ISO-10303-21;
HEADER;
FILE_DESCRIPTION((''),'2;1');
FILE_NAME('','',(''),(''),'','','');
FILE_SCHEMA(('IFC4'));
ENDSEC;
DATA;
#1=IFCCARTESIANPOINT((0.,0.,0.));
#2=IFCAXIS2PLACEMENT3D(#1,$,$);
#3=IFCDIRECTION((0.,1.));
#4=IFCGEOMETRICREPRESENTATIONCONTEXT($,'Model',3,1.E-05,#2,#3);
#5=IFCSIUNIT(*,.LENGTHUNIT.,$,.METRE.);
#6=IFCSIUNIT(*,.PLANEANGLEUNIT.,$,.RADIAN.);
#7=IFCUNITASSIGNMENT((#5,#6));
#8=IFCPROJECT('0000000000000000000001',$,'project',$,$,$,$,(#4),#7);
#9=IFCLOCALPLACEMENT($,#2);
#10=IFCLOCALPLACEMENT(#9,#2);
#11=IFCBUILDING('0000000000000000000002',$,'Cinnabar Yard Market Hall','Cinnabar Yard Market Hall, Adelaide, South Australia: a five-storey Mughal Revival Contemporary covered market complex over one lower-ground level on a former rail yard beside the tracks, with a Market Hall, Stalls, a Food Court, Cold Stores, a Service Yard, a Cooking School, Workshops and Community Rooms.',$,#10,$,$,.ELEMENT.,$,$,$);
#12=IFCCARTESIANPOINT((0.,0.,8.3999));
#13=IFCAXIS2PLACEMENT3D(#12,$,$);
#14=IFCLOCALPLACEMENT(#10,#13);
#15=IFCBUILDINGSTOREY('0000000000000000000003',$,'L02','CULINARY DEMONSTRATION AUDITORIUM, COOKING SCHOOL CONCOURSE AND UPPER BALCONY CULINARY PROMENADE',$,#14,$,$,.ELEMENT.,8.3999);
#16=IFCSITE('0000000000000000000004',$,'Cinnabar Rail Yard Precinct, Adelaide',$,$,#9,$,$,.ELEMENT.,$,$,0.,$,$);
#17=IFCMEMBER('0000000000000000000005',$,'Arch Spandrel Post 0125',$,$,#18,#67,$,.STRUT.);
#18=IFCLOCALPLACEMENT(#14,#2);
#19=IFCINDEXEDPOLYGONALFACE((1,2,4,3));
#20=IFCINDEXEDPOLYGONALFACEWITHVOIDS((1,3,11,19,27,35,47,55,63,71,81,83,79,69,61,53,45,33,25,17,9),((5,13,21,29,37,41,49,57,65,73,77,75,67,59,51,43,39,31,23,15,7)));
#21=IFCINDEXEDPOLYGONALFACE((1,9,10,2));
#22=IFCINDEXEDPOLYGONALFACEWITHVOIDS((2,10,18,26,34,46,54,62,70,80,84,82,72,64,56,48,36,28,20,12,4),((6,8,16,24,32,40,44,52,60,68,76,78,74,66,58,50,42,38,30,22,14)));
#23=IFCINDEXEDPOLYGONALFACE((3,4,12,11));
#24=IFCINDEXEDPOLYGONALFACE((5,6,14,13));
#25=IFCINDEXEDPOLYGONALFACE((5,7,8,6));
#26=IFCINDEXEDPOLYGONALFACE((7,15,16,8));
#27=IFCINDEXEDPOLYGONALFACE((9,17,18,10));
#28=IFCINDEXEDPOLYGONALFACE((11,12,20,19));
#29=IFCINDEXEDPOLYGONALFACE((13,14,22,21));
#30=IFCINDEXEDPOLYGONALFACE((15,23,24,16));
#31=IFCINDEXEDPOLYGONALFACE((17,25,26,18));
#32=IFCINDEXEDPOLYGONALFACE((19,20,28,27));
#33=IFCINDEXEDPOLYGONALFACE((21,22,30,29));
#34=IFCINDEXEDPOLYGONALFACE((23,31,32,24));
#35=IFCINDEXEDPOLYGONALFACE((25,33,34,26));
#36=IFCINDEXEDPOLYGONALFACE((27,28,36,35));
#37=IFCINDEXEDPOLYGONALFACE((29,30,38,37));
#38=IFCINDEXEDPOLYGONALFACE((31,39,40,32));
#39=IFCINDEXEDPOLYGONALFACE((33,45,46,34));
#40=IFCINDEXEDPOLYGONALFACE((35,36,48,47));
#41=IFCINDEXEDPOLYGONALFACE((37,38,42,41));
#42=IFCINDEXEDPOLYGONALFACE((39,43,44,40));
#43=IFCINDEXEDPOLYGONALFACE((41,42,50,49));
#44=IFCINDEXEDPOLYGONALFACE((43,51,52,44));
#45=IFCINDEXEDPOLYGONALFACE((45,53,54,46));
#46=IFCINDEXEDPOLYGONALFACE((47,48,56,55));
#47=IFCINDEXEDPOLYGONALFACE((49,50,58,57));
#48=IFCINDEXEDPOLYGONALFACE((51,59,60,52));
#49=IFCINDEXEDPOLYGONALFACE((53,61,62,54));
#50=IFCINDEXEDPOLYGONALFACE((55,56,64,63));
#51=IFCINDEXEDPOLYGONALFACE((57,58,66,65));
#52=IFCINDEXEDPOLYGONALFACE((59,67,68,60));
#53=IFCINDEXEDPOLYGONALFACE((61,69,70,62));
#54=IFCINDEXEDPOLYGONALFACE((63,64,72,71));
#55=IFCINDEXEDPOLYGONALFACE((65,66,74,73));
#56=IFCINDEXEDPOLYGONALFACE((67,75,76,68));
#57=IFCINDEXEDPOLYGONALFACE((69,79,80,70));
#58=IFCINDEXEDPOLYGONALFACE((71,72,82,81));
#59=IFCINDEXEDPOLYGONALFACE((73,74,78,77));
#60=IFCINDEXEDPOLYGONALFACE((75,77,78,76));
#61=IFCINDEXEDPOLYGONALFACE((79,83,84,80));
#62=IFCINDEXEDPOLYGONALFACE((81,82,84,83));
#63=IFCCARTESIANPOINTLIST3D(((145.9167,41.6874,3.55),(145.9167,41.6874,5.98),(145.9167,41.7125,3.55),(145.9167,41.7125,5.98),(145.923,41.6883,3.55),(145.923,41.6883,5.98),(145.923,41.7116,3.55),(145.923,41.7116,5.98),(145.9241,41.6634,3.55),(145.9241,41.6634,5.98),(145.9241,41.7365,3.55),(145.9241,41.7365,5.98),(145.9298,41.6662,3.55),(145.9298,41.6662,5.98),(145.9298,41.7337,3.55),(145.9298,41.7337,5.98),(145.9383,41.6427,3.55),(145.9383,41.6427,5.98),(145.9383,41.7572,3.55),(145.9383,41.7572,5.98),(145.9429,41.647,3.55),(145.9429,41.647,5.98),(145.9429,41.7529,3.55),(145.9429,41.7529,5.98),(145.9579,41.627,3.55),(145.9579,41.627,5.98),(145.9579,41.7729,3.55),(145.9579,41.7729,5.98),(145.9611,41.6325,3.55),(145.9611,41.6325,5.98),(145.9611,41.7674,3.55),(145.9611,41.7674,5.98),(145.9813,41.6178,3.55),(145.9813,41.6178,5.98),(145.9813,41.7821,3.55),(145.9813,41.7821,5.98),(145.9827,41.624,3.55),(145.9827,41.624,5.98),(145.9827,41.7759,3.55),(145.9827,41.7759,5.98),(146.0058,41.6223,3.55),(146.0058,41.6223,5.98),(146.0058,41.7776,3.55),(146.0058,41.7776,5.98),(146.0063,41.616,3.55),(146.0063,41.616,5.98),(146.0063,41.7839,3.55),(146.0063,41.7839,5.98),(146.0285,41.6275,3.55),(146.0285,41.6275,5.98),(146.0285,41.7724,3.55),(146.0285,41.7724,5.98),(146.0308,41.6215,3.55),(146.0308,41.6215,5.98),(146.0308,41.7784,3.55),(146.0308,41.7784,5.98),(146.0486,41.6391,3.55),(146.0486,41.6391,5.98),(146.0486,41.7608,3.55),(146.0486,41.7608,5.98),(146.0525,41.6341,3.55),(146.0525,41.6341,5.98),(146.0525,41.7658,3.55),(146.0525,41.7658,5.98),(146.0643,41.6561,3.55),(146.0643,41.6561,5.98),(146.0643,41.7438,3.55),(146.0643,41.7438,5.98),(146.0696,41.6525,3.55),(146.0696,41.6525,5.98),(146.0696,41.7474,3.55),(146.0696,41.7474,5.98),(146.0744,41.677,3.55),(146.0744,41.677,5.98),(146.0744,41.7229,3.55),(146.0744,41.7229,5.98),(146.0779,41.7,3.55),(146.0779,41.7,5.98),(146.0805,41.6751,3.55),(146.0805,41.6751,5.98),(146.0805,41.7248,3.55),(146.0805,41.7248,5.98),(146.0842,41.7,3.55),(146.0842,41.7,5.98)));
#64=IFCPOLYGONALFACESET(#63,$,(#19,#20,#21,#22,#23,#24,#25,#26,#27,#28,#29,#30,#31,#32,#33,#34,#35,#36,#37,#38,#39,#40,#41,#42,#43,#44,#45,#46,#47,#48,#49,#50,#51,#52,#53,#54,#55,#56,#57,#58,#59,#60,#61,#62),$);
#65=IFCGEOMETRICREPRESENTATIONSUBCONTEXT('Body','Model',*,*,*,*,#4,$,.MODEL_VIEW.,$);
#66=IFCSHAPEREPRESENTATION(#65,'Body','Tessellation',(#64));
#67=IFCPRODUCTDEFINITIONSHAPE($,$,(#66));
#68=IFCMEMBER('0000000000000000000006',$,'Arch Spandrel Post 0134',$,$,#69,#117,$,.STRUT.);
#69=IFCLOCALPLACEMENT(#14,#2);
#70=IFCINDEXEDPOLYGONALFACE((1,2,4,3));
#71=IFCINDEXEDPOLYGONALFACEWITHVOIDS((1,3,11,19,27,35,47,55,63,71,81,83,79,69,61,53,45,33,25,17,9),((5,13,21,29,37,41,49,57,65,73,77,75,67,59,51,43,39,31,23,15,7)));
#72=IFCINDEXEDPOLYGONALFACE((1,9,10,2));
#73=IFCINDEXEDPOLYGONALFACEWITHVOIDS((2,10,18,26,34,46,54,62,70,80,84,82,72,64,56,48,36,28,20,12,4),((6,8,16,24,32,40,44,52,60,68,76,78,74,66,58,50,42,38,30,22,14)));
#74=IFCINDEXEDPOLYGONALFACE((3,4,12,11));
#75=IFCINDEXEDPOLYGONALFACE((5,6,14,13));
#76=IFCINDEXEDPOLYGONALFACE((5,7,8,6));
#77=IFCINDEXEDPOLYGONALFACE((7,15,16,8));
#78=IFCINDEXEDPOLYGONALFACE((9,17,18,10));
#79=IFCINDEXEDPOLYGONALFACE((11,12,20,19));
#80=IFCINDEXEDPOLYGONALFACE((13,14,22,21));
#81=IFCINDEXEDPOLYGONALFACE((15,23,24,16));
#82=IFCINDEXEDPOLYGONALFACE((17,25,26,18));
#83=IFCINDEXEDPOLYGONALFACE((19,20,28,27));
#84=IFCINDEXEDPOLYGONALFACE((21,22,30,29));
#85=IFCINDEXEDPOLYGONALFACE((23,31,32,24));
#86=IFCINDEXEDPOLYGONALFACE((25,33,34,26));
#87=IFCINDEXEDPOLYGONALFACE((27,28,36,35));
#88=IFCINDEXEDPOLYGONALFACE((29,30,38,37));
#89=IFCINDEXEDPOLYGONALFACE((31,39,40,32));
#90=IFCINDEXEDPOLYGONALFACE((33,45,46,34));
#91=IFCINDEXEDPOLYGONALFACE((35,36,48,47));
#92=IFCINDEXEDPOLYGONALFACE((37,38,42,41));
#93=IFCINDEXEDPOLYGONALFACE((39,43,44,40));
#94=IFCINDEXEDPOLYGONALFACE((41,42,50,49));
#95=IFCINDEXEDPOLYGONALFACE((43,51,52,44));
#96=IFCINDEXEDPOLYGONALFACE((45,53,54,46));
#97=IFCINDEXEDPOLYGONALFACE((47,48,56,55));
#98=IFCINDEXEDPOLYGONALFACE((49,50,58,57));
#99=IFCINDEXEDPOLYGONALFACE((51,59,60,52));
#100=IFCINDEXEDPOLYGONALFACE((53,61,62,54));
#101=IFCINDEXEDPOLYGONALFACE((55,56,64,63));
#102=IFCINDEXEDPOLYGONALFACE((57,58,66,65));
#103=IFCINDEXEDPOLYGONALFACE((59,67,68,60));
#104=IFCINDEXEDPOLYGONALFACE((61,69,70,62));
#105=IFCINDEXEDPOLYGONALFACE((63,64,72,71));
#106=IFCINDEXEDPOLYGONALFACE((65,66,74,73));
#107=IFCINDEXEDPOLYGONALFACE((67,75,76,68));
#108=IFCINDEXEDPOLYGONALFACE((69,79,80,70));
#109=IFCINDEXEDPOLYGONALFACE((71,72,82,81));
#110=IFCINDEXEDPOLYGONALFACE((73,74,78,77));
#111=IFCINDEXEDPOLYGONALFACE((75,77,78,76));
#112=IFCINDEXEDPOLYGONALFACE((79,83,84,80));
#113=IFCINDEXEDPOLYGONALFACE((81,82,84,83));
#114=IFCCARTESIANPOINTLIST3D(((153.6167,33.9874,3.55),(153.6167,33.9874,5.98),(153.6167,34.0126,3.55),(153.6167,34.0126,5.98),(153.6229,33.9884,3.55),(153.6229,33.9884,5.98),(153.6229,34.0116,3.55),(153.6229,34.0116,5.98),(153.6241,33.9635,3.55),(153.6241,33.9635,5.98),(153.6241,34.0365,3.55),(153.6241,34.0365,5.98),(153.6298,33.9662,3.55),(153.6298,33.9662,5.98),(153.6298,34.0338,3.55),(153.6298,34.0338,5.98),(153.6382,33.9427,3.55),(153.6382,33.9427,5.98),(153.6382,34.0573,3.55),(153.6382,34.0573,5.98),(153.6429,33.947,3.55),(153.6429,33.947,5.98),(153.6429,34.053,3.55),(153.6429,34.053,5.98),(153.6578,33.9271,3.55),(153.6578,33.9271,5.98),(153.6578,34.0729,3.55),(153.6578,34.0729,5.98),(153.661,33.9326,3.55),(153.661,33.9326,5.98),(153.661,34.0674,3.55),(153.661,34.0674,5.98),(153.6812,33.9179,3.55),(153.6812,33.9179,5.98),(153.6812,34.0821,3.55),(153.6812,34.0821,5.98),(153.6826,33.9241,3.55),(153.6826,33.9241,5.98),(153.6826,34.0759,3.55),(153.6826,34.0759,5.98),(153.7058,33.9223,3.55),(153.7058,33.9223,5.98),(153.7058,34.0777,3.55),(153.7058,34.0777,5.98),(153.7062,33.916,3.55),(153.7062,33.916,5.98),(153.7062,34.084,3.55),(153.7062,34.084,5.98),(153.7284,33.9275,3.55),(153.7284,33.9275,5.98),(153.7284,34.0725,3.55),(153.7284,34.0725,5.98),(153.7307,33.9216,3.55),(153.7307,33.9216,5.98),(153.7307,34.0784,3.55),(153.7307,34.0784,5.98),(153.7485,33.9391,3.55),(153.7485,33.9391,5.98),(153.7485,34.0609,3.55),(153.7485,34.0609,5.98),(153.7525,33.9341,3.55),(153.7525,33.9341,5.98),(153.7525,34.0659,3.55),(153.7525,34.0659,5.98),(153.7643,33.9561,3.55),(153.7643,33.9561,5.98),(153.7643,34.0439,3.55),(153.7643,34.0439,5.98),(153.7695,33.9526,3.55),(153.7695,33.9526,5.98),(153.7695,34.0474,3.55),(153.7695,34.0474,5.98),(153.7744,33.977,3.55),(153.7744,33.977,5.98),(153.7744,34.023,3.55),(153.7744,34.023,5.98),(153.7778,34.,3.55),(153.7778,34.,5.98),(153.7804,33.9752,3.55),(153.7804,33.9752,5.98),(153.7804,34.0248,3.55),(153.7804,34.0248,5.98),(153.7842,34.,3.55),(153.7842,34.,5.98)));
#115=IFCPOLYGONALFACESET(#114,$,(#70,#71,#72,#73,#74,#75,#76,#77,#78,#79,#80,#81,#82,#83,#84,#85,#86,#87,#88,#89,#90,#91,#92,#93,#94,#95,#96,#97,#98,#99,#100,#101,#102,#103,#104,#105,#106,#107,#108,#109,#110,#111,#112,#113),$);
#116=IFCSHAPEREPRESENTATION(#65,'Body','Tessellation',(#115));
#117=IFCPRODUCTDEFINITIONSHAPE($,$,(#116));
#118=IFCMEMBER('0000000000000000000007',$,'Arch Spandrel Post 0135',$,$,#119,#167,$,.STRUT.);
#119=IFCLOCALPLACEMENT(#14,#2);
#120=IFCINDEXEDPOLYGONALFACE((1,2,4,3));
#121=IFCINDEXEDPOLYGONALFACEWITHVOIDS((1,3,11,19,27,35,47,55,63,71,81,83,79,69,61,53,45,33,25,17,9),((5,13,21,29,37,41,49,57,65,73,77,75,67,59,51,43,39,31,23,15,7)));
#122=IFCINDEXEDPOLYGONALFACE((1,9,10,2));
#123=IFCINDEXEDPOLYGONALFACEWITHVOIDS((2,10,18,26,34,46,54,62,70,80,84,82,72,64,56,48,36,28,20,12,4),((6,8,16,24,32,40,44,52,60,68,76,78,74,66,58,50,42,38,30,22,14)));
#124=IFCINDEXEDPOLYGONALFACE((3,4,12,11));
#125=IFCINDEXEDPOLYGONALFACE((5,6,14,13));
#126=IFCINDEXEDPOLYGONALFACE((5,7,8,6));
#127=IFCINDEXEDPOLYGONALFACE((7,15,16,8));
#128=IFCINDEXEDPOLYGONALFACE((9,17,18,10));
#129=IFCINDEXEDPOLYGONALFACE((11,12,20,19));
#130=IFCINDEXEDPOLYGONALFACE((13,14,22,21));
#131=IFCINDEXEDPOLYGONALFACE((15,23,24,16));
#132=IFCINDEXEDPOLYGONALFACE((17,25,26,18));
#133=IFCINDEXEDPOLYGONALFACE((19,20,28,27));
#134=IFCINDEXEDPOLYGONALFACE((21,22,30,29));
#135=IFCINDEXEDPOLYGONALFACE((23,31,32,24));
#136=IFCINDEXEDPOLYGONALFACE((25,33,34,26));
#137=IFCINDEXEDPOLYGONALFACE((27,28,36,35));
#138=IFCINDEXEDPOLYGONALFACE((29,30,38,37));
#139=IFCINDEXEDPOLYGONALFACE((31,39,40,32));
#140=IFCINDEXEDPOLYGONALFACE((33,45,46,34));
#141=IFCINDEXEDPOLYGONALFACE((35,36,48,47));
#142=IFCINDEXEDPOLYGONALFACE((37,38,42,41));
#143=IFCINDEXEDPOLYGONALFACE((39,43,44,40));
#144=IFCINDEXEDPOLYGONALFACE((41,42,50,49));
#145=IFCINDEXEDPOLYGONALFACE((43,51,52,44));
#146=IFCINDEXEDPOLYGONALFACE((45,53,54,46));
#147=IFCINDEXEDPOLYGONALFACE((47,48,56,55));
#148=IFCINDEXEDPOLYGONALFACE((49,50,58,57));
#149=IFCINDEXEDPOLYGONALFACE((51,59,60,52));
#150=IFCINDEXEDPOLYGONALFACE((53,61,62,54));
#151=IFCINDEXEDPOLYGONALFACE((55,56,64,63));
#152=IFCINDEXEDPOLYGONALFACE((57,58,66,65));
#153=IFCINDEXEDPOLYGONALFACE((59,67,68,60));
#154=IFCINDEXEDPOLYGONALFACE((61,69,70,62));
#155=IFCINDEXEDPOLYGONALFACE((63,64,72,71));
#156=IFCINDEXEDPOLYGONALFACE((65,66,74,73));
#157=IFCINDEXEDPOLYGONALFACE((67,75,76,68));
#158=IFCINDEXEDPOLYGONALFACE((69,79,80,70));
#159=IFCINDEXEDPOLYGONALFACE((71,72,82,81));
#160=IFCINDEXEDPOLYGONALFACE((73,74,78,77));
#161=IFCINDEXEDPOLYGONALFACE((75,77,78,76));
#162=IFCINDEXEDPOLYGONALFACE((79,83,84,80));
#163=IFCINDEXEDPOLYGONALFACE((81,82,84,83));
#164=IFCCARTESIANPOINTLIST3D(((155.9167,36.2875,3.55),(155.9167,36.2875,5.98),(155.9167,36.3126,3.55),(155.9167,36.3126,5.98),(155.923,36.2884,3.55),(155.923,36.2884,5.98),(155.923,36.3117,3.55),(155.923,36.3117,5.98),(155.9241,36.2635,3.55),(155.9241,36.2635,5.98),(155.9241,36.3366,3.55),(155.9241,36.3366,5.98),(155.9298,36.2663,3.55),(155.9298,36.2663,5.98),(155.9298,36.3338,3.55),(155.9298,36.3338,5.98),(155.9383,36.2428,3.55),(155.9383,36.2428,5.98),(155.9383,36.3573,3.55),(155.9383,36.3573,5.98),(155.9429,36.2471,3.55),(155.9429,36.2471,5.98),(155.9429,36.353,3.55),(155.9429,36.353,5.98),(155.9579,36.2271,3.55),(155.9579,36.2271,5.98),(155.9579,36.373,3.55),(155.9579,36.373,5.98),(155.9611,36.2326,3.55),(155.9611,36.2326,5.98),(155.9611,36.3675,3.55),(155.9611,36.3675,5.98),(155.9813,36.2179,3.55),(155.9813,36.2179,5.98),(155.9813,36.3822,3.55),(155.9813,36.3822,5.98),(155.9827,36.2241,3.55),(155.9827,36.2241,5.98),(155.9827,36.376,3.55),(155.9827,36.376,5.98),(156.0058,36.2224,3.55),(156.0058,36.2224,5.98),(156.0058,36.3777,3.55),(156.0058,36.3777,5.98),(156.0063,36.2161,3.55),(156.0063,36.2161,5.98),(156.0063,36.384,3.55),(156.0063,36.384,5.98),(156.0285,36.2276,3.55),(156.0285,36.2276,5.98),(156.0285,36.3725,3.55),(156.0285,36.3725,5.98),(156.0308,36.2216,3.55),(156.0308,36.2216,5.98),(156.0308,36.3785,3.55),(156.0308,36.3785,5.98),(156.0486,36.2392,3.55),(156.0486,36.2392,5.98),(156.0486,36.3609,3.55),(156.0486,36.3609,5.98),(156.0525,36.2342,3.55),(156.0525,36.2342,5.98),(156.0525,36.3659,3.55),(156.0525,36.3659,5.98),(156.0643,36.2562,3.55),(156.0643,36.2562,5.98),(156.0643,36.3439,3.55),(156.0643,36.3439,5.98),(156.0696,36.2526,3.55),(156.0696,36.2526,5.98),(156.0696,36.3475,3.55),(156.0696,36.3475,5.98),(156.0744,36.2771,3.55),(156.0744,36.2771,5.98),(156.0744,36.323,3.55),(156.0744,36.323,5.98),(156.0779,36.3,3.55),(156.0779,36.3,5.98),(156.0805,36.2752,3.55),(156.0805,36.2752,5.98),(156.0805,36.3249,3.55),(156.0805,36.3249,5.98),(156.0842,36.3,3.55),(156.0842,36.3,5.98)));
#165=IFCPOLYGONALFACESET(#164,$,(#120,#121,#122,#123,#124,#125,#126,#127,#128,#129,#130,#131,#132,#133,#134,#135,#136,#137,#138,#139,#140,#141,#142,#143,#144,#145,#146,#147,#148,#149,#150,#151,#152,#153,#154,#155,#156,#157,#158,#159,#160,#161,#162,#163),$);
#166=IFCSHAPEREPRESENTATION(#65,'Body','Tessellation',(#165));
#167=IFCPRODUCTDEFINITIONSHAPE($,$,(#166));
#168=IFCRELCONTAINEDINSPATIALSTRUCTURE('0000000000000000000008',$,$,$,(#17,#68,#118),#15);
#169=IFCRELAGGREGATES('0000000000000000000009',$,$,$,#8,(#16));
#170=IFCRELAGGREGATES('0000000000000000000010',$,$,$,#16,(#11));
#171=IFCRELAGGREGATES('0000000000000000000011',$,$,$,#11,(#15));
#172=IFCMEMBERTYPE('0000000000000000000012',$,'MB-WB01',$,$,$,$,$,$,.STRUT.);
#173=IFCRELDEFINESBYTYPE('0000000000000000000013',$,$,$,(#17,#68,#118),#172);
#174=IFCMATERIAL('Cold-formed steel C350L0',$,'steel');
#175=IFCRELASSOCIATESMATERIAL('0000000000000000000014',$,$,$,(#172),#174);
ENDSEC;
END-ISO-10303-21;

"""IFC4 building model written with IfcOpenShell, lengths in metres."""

from ifc_helpers import new_model, si_unit, direction, frame, origin, origin_2d_with_axis, place, context, subcontext, project, spatial, hollow_circle, extrude, material, material_profile, profile_set, type_object, element, save


model = new_model("IFC4")

# Units and contexts
model_context = context("Model", 3, precision=1e-05, world=origin(), true_north=direction((0.0, 1.0)))
body_context = subcontext(model_context, "Body", "Model", "MODEL_VIEW")
ifc_project = project(units=[si_unit("LENGTHUNIT", "METRE"), si_unit("PLANEANGLEUNIT", "RADIAN")], contexts=[model_context])

# Site, building, storey
site_placement = place(None, origin())
site = spatial("IfcSite", under=ifc_project, at=site_placement, Name="Cinnabar Rail Yard Precinct, Adelaide", CompositionType="ELEMENT", RefElevation=0.0)
building_placement = place(site_placement, origin())
building = spatial("IfcBuilding", under=site, at=building_placement, Name="Cinnabar Yard Market Hall", Description="Cinnabar Yard Market Hall, Adelaide, South Australia: a five-storey Mughal Revival Contemporary covered market complex over one lower-ground level on a former rail yard beside the tracks, with a Market Hall, Stalls, a Food Court, Cold Stores, a Service Yard, a Cooking School, Workshops and Community Rooms.", CompositionType="ELEMENT")
storey_placement = place(building_placement, frame((0.0, 0.0, 8.3999)))
storey = spatial("IfcBuildingStorey", under=building, at=storey_placement, Name="L02", Description="CULINARY DEMONSTRATION AUDITORIUM, COOKING SCHOOL CONCOURSE AND UPPER BALCONY CULINARY PROMENADE", CompositionType="ELEMENT", Elevation=8.3999)

# Shared definitions
ifc_material_1 = material(Name="Cold-formed steel C350L0", Category="steel")

# Members
ifc_material_profile_1 = material_profile(ifc_material_1, hollow_circle(Radius=0.0842, WallThickness=0.0063, at=origin_2d_with_axis()), Name="168.3x6.4CHS")
ifc_profile_set_1 = profile_set([ifc_material_profile_1], Name="Cold-formed steel C350L0")
member_type_1 = type_object("IfcMemberType", Name="MB-WB01", PredefinedType="STRUT", material=ifc_profile_set_1)
for number, where, z_axis, x_axis, name in (
    (1, (146.0, 41.7, 3.55), (0.0, 0.0, 1.0), (1.0, 0.0, 0.0), "Arch Spandrel Post 0125"),
    (2, (153.7, 34.0, 3.55), (0.0, 0.0, 1.0), (1.0, 0.0, 0.0), "Arch Spandrel Post 0134"),
    (3, (156.0, 36.3, 3.55), (0.0, 0.0, 1.0), (1.0, 0.0, 0.0), "Arch Spandrel Post 0135"),
):
    element("IfcMember", number, at=place(storey_placement, frame(where, z_axis=z_axis, x_axis=x_axis)), inside=storey, type_object=member_type_1, Name=name, PredefinedType="STRUT", context=body_context, shape_type="SweptSolid", body=[
        extrude(hollow_circle(Radius=0.0842, WallThickness=0.0063, at=origin_2d_with_axis()), origin(), (0.0, 0.0, 1.0), 2.4299),
    ])

save(model, "model.ifc")
